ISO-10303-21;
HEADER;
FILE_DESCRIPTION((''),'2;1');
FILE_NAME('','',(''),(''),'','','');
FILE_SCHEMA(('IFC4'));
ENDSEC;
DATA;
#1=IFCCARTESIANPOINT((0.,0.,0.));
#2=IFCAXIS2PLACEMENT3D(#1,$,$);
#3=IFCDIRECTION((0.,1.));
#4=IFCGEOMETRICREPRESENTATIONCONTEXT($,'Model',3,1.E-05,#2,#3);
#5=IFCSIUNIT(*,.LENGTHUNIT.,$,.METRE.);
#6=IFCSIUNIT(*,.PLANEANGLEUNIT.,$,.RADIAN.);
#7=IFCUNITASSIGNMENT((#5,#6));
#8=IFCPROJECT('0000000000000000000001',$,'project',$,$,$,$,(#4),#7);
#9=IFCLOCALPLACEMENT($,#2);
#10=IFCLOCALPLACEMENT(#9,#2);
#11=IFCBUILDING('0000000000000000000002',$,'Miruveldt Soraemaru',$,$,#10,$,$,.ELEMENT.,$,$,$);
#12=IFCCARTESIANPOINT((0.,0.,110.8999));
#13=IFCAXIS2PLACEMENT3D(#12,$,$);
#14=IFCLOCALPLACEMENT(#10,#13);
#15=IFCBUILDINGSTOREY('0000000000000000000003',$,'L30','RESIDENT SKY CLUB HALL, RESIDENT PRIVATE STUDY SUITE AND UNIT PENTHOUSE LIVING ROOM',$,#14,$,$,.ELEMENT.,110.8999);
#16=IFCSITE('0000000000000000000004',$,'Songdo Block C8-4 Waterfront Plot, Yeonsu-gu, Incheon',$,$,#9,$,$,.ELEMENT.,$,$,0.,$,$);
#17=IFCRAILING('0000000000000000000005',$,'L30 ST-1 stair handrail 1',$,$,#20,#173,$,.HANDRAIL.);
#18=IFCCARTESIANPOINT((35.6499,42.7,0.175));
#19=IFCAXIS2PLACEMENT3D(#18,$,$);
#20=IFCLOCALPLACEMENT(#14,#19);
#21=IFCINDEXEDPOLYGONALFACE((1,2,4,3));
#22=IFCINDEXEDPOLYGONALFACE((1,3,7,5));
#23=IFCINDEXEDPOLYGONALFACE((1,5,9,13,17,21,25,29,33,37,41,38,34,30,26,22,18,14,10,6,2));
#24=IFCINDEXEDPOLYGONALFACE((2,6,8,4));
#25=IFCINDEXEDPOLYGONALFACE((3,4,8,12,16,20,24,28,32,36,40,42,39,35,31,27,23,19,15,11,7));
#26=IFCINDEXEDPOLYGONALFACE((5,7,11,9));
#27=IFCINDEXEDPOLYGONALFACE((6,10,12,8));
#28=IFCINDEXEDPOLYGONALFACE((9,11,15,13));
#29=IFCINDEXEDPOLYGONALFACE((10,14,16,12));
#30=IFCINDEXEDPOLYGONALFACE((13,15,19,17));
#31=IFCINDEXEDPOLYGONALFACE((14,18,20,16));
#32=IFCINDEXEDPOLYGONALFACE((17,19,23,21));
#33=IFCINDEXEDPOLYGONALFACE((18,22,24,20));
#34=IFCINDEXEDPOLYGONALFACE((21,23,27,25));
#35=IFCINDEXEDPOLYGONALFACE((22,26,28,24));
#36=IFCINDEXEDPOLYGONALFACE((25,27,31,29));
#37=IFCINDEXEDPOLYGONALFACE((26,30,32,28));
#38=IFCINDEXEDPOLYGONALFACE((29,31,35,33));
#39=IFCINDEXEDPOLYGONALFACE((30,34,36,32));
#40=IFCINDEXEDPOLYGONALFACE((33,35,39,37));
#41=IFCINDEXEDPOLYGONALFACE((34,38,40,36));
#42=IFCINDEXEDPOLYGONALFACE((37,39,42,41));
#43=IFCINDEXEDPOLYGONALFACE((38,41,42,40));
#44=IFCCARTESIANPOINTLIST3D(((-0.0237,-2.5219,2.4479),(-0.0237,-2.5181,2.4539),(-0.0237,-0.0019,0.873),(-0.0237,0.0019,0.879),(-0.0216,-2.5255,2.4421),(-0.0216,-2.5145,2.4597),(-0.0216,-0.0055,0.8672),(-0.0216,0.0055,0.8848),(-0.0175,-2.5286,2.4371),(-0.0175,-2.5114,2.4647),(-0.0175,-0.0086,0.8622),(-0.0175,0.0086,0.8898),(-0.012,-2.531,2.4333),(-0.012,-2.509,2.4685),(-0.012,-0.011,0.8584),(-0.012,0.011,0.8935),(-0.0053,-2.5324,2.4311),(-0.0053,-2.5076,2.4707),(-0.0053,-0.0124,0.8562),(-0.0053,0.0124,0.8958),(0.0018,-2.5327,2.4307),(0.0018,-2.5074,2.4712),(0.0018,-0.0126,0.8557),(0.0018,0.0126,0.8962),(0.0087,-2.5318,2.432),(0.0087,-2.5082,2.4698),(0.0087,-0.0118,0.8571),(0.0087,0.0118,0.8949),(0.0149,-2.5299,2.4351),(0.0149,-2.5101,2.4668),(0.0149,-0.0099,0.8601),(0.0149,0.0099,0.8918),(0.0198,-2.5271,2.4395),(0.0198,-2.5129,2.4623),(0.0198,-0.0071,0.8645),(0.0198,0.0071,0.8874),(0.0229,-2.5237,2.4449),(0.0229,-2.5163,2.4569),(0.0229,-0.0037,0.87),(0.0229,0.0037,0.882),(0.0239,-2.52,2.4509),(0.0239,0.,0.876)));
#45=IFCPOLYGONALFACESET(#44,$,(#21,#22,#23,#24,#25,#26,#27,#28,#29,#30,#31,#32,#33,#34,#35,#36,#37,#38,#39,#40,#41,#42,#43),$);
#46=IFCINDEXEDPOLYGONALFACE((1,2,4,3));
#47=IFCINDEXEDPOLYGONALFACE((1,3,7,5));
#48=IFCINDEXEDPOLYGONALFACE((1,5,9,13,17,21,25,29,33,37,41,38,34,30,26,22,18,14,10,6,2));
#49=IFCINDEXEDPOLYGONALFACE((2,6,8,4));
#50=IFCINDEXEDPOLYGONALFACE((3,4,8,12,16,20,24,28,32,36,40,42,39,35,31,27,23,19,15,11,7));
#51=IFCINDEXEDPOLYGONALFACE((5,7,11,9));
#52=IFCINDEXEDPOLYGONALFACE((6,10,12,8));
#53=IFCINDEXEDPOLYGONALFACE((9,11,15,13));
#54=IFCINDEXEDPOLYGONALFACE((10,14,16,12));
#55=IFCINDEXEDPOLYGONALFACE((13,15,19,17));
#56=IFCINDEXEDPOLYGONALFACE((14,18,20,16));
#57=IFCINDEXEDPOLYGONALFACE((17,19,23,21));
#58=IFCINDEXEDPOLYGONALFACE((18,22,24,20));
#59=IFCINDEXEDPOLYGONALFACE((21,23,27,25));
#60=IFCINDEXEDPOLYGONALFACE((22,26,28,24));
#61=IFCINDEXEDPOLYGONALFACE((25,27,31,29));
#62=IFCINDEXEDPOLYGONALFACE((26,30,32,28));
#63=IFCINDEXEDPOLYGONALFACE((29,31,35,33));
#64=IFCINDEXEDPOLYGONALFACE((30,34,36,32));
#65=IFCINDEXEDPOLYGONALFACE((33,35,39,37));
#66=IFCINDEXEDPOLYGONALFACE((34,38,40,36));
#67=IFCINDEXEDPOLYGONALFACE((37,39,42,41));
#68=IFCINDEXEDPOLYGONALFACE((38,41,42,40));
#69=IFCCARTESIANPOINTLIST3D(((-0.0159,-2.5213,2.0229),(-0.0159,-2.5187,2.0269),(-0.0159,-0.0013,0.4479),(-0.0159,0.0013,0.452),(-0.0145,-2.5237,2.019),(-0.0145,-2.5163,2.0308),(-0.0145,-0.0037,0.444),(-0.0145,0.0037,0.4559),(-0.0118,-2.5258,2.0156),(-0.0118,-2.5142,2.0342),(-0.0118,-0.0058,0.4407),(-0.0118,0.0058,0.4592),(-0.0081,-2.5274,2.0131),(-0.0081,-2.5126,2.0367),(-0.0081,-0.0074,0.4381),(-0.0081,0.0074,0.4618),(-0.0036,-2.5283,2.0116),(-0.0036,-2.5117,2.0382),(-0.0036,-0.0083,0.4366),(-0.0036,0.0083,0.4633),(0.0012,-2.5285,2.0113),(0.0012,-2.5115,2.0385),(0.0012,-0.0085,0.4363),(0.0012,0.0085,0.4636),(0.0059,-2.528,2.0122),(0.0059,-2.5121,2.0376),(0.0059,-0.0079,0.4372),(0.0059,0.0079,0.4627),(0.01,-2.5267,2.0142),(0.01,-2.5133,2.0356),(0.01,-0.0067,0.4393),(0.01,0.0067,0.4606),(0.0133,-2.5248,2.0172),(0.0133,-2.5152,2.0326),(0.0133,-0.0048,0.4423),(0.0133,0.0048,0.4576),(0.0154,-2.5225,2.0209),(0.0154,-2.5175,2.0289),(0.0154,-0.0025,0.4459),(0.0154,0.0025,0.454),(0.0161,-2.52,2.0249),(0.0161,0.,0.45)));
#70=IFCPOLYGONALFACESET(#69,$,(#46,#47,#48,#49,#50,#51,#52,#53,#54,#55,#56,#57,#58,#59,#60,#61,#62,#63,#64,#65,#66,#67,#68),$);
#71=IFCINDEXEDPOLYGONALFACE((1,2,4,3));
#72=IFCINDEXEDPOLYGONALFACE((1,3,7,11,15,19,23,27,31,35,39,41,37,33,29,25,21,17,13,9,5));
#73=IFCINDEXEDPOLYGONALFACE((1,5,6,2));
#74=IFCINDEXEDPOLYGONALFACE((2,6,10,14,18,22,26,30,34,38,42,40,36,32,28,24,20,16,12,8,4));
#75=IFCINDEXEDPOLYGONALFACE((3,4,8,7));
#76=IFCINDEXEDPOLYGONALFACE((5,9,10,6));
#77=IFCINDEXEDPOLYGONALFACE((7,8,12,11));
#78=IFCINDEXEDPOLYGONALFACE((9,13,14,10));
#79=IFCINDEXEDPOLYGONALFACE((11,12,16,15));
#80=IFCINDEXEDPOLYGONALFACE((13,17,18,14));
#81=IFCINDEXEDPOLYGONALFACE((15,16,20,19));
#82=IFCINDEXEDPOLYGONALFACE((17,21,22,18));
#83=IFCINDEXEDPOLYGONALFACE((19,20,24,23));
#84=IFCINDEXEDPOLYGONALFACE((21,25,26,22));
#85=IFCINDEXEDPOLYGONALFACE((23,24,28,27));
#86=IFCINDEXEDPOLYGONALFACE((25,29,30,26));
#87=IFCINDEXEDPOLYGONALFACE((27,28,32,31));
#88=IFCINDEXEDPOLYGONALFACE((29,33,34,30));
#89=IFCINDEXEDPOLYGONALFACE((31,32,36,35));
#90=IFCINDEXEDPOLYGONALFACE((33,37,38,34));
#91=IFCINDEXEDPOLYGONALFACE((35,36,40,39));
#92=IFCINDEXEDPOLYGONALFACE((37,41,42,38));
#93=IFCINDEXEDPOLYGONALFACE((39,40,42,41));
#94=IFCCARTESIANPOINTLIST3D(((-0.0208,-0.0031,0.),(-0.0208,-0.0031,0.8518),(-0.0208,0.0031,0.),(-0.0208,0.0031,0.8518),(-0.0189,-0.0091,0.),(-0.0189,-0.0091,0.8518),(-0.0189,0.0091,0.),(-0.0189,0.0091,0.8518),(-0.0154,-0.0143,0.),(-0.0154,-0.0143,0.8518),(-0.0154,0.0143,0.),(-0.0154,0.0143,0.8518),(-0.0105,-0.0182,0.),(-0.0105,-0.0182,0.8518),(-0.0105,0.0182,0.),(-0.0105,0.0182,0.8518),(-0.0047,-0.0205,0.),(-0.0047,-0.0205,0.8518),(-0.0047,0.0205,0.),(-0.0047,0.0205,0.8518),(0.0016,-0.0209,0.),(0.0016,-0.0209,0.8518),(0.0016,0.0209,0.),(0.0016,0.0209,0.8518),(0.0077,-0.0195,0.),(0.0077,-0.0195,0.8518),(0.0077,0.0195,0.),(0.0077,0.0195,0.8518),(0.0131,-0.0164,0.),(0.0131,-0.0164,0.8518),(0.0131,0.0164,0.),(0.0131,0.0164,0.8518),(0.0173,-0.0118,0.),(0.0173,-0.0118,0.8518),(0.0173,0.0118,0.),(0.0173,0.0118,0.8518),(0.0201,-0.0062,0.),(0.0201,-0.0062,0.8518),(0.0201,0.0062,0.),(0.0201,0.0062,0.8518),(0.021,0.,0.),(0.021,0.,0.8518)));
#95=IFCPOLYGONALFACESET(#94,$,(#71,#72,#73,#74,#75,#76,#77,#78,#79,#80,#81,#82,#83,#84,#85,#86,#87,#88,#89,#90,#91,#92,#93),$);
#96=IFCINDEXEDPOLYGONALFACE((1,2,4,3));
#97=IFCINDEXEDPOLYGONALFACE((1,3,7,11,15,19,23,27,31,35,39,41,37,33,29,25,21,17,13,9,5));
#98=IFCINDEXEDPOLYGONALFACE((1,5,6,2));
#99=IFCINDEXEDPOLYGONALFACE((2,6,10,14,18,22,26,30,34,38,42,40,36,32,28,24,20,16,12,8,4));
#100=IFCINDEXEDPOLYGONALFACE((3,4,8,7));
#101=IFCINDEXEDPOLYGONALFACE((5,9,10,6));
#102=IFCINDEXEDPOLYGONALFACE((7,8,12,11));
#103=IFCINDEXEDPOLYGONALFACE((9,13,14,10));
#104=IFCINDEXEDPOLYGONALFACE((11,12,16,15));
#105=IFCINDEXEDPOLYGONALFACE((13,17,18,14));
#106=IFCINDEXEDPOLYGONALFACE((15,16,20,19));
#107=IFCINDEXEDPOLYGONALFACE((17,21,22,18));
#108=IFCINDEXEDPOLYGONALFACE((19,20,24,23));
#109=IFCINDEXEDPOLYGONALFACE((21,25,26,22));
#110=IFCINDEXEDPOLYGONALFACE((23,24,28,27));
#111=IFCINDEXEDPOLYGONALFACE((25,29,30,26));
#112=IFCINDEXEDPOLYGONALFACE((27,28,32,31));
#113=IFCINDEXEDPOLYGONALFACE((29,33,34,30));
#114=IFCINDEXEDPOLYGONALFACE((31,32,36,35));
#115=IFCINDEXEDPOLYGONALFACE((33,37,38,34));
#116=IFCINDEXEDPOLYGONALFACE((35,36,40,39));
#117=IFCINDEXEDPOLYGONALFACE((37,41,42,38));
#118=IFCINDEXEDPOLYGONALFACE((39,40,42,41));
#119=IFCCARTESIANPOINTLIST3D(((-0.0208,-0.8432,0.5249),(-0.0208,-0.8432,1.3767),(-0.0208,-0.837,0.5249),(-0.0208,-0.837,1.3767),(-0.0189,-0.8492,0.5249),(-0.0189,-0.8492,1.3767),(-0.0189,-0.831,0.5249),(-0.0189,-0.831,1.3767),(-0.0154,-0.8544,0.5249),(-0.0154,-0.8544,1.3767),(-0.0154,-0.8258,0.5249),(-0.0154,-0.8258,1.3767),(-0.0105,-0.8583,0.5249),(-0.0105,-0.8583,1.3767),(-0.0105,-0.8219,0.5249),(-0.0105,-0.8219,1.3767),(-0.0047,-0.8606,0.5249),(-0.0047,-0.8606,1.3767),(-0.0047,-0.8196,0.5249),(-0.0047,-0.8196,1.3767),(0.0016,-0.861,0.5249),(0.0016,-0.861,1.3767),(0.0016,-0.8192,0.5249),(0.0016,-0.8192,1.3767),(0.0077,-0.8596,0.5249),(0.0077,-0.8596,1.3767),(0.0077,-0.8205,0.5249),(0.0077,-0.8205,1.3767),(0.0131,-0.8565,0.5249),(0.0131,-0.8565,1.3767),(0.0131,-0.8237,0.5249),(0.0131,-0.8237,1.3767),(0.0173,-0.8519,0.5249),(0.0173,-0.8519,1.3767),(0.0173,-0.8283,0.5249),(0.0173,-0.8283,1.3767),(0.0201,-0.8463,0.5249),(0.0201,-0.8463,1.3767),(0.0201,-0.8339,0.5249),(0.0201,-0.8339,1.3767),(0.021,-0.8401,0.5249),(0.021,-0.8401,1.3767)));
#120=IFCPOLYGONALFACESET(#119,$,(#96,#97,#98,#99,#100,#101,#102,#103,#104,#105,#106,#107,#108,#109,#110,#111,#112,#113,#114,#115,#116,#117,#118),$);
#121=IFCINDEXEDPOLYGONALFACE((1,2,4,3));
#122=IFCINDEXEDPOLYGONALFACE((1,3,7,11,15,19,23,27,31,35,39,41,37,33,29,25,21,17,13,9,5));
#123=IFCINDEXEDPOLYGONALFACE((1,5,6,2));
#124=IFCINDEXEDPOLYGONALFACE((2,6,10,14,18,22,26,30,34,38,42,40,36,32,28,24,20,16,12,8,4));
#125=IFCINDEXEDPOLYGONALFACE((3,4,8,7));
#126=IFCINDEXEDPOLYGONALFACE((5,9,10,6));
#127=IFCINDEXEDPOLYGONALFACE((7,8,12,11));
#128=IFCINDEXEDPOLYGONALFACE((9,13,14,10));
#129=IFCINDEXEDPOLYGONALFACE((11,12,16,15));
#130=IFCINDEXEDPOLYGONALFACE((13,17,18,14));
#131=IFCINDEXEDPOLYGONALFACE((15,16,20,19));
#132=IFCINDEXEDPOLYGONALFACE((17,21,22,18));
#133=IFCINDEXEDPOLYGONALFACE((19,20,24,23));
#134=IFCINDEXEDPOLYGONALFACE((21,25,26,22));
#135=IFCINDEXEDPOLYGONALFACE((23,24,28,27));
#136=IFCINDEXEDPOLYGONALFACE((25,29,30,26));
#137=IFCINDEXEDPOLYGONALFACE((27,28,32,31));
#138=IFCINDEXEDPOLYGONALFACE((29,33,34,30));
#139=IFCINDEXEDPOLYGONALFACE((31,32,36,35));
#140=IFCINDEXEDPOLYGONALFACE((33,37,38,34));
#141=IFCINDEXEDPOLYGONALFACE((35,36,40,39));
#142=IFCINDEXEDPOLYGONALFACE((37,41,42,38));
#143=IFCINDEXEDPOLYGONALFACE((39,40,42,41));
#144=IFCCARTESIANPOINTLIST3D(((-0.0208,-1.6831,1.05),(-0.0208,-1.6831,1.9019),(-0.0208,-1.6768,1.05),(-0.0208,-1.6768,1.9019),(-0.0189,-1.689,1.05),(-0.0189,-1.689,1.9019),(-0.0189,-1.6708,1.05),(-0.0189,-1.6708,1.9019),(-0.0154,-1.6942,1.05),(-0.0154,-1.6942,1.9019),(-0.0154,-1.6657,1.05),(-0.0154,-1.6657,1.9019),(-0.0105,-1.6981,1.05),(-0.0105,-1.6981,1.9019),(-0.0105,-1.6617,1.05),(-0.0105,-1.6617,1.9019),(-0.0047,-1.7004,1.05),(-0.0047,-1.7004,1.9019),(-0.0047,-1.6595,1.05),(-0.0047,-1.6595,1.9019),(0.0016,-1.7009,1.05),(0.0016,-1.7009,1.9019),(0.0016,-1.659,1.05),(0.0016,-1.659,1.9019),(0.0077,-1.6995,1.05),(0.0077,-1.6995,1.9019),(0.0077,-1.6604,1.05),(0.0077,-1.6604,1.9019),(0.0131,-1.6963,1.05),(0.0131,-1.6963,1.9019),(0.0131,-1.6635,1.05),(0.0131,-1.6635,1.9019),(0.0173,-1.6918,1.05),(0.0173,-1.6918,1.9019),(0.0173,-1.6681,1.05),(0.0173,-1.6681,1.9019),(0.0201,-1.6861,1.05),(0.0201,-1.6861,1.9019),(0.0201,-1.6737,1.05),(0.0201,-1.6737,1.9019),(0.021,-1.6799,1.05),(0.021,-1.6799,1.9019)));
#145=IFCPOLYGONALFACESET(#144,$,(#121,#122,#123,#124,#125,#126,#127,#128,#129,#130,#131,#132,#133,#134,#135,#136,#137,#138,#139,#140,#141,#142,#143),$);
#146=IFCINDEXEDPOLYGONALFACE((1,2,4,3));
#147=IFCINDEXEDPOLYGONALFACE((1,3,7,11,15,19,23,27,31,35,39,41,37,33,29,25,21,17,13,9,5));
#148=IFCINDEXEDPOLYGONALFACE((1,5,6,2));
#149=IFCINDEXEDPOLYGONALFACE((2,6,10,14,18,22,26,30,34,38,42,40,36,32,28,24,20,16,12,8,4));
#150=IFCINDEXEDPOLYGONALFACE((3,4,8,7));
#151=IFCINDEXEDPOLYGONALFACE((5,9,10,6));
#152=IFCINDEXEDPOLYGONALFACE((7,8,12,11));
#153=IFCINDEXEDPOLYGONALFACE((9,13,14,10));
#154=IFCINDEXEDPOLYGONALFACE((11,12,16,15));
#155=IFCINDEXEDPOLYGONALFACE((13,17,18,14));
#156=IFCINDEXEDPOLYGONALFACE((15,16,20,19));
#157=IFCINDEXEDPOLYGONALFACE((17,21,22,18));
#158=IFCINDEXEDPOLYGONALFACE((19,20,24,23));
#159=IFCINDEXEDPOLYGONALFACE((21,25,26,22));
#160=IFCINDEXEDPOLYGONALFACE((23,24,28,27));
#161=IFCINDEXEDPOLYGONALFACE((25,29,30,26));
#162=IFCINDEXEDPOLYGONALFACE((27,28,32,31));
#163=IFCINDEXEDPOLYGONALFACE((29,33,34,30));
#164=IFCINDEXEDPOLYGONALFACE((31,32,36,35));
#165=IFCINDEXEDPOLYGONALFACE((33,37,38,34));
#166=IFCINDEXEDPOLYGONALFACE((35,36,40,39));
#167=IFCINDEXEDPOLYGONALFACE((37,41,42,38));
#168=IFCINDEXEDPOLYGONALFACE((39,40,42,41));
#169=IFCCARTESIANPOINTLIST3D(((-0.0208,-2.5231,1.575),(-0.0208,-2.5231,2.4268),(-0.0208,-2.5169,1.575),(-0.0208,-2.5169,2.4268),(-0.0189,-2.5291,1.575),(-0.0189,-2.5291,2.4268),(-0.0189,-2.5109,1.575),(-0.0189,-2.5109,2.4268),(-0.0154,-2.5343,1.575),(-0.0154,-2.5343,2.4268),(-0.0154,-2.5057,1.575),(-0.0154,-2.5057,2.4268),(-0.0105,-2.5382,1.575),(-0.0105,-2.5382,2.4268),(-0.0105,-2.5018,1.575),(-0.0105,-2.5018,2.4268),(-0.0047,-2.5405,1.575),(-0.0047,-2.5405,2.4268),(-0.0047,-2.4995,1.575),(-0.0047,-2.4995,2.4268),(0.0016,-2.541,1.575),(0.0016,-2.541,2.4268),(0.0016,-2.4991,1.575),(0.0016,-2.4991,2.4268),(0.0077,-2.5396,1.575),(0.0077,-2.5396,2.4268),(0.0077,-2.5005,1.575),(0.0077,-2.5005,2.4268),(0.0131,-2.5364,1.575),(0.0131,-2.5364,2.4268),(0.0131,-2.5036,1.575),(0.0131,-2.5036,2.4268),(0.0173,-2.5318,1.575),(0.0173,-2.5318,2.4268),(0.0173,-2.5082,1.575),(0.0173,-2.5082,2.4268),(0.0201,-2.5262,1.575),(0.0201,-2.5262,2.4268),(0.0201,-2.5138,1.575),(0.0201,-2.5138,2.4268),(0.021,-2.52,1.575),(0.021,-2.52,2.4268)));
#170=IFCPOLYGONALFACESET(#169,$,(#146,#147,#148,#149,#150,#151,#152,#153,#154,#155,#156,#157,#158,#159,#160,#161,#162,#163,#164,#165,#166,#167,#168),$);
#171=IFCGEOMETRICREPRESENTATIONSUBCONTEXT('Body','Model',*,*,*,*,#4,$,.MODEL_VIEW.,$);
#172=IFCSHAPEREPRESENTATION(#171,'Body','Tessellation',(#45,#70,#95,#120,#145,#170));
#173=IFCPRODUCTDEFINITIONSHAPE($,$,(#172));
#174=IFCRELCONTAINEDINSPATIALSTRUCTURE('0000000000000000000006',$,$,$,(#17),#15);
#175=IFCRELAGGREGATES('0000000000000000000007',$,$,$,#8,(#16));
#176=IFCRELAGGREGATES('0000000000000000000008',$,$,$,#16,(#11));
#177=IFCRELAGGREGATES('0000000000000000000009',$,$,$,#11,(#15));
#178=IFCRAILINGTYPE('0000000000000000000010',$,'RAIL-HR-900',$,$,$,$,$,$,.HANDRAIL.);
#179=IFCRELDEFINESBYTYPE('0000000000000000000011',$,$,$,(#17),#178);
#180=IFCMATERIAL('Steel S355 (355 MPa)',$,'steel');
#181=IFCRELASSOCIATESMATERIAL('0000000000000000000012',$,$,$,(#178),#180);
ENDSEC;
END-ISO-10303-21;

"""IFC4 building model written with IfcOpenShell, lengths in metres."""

from ifc_helpers import new_model, si_unit, direction, frame, origin, origin_2d, place, context, subcontext, project, spatial, circle, extrude, material, type_object, element, save


model = new_model("IFC4")

# Units and contexts
model_context = context("Model", 3, precision=1e-05, world=origin(), true_north=direction((0.0, 1.0)))
body_context = subcontext(model_context, "Body", "Model", "MODEL_VIEW")
ifc_project = project(units=[si_unit("LENGTHUNIT", "METRE"), si_unit("PLANEANGLEUNIT", "RADIAN")], contexts=[model_context])

# Site, building, storey
site_placement = place(None, origin())
site = spatial("IfcSite", under=ifc_project, at=site_placement, Name="Songdo Block C8-4 Waterfront Plot, Yeonsu-gu, Incheon", CompositionType="ELEMENT", RefElevation=0.0)
building_placement = place(site_placement, origin())
building = spatial("IfcBuilding", under=site, at=building_placement, Name="Miruveldt Soraemaru", CompositionType="ELEMENT")
storey_placement = place(building_placement, frame((0.0, 0.0, 110.8999)))
storey = spatial("IfcBuildingStorey", under=building, at=storey_placement, Name="L30", Description="RESIDENT SKY CLUB HALL, RESIDENT PRIVATE STUDY SUITE AND UNIT PENTHOUSE LIVING ROOM", CompositionType="ELEMENT", Elevation=110.8999)

# Railing
ifc_material_1 = material(Name="Steel S355 (355 MPa)", Category="steel")
railing_type_1 = type_object("IfcRailingType", Name="RAIL-HR-900", PredefinedType="HANDRAIL", material=ifc_material_1)
railing_1_placement = place(storey_placement, frame((35.6499, 42.7, 0.175)))
element("IfcRailing", 1, at=railing_1_placement, inside=storey, type_object=railing_type_1, Name="L30 ST-1 stair handrail 1", PredefinedType="HANDRAIL", context=body_context, shape_type="SweptSolid", body=[
    extrude(circle(Radius=0.0239, at=origin_2d()), frame((0.0, 0.0, 0.876), z_axis=(0.0, -0.848008, 0.529984), x_axis=(1.0, 0.0, 0.0)), (0.0, 0.0, 1.0), 2.9717),
    extrude(circle(Radius=0.0161, at=origin_2d()), frame((0.0, 0.0, 0.45), z_axis=(0.0, -0.848008, 0.529984), x_axis=(1.0, 0.0, 0.0)), (0.0, 0.0, 1.0), 2.9717),
    extrude(circle(Radius=0.021, at=origin_2d()), origin(), (0.0, 0.0, 1.0), 0.8518),
    extrude(circle(Radius=0.021, at=origin_2d()), frame((0.0, -0.8401, 0.5249)), (0.0, 0.0, 1.0), 0.8518),
    extrude(circle(Radius=0.021, at=origin_2d()), frame((0.0, -1.6799, 1.05)), (0.0, 0.0, 1.0), 0.8518),
    extrude(circle(Radius=0.021, at=origin_2d()), frame((0.0, -2.52, 1.575)), (0.0, 0.0, 1.0), 0.8518),
])

save(model, "model.ifc")
